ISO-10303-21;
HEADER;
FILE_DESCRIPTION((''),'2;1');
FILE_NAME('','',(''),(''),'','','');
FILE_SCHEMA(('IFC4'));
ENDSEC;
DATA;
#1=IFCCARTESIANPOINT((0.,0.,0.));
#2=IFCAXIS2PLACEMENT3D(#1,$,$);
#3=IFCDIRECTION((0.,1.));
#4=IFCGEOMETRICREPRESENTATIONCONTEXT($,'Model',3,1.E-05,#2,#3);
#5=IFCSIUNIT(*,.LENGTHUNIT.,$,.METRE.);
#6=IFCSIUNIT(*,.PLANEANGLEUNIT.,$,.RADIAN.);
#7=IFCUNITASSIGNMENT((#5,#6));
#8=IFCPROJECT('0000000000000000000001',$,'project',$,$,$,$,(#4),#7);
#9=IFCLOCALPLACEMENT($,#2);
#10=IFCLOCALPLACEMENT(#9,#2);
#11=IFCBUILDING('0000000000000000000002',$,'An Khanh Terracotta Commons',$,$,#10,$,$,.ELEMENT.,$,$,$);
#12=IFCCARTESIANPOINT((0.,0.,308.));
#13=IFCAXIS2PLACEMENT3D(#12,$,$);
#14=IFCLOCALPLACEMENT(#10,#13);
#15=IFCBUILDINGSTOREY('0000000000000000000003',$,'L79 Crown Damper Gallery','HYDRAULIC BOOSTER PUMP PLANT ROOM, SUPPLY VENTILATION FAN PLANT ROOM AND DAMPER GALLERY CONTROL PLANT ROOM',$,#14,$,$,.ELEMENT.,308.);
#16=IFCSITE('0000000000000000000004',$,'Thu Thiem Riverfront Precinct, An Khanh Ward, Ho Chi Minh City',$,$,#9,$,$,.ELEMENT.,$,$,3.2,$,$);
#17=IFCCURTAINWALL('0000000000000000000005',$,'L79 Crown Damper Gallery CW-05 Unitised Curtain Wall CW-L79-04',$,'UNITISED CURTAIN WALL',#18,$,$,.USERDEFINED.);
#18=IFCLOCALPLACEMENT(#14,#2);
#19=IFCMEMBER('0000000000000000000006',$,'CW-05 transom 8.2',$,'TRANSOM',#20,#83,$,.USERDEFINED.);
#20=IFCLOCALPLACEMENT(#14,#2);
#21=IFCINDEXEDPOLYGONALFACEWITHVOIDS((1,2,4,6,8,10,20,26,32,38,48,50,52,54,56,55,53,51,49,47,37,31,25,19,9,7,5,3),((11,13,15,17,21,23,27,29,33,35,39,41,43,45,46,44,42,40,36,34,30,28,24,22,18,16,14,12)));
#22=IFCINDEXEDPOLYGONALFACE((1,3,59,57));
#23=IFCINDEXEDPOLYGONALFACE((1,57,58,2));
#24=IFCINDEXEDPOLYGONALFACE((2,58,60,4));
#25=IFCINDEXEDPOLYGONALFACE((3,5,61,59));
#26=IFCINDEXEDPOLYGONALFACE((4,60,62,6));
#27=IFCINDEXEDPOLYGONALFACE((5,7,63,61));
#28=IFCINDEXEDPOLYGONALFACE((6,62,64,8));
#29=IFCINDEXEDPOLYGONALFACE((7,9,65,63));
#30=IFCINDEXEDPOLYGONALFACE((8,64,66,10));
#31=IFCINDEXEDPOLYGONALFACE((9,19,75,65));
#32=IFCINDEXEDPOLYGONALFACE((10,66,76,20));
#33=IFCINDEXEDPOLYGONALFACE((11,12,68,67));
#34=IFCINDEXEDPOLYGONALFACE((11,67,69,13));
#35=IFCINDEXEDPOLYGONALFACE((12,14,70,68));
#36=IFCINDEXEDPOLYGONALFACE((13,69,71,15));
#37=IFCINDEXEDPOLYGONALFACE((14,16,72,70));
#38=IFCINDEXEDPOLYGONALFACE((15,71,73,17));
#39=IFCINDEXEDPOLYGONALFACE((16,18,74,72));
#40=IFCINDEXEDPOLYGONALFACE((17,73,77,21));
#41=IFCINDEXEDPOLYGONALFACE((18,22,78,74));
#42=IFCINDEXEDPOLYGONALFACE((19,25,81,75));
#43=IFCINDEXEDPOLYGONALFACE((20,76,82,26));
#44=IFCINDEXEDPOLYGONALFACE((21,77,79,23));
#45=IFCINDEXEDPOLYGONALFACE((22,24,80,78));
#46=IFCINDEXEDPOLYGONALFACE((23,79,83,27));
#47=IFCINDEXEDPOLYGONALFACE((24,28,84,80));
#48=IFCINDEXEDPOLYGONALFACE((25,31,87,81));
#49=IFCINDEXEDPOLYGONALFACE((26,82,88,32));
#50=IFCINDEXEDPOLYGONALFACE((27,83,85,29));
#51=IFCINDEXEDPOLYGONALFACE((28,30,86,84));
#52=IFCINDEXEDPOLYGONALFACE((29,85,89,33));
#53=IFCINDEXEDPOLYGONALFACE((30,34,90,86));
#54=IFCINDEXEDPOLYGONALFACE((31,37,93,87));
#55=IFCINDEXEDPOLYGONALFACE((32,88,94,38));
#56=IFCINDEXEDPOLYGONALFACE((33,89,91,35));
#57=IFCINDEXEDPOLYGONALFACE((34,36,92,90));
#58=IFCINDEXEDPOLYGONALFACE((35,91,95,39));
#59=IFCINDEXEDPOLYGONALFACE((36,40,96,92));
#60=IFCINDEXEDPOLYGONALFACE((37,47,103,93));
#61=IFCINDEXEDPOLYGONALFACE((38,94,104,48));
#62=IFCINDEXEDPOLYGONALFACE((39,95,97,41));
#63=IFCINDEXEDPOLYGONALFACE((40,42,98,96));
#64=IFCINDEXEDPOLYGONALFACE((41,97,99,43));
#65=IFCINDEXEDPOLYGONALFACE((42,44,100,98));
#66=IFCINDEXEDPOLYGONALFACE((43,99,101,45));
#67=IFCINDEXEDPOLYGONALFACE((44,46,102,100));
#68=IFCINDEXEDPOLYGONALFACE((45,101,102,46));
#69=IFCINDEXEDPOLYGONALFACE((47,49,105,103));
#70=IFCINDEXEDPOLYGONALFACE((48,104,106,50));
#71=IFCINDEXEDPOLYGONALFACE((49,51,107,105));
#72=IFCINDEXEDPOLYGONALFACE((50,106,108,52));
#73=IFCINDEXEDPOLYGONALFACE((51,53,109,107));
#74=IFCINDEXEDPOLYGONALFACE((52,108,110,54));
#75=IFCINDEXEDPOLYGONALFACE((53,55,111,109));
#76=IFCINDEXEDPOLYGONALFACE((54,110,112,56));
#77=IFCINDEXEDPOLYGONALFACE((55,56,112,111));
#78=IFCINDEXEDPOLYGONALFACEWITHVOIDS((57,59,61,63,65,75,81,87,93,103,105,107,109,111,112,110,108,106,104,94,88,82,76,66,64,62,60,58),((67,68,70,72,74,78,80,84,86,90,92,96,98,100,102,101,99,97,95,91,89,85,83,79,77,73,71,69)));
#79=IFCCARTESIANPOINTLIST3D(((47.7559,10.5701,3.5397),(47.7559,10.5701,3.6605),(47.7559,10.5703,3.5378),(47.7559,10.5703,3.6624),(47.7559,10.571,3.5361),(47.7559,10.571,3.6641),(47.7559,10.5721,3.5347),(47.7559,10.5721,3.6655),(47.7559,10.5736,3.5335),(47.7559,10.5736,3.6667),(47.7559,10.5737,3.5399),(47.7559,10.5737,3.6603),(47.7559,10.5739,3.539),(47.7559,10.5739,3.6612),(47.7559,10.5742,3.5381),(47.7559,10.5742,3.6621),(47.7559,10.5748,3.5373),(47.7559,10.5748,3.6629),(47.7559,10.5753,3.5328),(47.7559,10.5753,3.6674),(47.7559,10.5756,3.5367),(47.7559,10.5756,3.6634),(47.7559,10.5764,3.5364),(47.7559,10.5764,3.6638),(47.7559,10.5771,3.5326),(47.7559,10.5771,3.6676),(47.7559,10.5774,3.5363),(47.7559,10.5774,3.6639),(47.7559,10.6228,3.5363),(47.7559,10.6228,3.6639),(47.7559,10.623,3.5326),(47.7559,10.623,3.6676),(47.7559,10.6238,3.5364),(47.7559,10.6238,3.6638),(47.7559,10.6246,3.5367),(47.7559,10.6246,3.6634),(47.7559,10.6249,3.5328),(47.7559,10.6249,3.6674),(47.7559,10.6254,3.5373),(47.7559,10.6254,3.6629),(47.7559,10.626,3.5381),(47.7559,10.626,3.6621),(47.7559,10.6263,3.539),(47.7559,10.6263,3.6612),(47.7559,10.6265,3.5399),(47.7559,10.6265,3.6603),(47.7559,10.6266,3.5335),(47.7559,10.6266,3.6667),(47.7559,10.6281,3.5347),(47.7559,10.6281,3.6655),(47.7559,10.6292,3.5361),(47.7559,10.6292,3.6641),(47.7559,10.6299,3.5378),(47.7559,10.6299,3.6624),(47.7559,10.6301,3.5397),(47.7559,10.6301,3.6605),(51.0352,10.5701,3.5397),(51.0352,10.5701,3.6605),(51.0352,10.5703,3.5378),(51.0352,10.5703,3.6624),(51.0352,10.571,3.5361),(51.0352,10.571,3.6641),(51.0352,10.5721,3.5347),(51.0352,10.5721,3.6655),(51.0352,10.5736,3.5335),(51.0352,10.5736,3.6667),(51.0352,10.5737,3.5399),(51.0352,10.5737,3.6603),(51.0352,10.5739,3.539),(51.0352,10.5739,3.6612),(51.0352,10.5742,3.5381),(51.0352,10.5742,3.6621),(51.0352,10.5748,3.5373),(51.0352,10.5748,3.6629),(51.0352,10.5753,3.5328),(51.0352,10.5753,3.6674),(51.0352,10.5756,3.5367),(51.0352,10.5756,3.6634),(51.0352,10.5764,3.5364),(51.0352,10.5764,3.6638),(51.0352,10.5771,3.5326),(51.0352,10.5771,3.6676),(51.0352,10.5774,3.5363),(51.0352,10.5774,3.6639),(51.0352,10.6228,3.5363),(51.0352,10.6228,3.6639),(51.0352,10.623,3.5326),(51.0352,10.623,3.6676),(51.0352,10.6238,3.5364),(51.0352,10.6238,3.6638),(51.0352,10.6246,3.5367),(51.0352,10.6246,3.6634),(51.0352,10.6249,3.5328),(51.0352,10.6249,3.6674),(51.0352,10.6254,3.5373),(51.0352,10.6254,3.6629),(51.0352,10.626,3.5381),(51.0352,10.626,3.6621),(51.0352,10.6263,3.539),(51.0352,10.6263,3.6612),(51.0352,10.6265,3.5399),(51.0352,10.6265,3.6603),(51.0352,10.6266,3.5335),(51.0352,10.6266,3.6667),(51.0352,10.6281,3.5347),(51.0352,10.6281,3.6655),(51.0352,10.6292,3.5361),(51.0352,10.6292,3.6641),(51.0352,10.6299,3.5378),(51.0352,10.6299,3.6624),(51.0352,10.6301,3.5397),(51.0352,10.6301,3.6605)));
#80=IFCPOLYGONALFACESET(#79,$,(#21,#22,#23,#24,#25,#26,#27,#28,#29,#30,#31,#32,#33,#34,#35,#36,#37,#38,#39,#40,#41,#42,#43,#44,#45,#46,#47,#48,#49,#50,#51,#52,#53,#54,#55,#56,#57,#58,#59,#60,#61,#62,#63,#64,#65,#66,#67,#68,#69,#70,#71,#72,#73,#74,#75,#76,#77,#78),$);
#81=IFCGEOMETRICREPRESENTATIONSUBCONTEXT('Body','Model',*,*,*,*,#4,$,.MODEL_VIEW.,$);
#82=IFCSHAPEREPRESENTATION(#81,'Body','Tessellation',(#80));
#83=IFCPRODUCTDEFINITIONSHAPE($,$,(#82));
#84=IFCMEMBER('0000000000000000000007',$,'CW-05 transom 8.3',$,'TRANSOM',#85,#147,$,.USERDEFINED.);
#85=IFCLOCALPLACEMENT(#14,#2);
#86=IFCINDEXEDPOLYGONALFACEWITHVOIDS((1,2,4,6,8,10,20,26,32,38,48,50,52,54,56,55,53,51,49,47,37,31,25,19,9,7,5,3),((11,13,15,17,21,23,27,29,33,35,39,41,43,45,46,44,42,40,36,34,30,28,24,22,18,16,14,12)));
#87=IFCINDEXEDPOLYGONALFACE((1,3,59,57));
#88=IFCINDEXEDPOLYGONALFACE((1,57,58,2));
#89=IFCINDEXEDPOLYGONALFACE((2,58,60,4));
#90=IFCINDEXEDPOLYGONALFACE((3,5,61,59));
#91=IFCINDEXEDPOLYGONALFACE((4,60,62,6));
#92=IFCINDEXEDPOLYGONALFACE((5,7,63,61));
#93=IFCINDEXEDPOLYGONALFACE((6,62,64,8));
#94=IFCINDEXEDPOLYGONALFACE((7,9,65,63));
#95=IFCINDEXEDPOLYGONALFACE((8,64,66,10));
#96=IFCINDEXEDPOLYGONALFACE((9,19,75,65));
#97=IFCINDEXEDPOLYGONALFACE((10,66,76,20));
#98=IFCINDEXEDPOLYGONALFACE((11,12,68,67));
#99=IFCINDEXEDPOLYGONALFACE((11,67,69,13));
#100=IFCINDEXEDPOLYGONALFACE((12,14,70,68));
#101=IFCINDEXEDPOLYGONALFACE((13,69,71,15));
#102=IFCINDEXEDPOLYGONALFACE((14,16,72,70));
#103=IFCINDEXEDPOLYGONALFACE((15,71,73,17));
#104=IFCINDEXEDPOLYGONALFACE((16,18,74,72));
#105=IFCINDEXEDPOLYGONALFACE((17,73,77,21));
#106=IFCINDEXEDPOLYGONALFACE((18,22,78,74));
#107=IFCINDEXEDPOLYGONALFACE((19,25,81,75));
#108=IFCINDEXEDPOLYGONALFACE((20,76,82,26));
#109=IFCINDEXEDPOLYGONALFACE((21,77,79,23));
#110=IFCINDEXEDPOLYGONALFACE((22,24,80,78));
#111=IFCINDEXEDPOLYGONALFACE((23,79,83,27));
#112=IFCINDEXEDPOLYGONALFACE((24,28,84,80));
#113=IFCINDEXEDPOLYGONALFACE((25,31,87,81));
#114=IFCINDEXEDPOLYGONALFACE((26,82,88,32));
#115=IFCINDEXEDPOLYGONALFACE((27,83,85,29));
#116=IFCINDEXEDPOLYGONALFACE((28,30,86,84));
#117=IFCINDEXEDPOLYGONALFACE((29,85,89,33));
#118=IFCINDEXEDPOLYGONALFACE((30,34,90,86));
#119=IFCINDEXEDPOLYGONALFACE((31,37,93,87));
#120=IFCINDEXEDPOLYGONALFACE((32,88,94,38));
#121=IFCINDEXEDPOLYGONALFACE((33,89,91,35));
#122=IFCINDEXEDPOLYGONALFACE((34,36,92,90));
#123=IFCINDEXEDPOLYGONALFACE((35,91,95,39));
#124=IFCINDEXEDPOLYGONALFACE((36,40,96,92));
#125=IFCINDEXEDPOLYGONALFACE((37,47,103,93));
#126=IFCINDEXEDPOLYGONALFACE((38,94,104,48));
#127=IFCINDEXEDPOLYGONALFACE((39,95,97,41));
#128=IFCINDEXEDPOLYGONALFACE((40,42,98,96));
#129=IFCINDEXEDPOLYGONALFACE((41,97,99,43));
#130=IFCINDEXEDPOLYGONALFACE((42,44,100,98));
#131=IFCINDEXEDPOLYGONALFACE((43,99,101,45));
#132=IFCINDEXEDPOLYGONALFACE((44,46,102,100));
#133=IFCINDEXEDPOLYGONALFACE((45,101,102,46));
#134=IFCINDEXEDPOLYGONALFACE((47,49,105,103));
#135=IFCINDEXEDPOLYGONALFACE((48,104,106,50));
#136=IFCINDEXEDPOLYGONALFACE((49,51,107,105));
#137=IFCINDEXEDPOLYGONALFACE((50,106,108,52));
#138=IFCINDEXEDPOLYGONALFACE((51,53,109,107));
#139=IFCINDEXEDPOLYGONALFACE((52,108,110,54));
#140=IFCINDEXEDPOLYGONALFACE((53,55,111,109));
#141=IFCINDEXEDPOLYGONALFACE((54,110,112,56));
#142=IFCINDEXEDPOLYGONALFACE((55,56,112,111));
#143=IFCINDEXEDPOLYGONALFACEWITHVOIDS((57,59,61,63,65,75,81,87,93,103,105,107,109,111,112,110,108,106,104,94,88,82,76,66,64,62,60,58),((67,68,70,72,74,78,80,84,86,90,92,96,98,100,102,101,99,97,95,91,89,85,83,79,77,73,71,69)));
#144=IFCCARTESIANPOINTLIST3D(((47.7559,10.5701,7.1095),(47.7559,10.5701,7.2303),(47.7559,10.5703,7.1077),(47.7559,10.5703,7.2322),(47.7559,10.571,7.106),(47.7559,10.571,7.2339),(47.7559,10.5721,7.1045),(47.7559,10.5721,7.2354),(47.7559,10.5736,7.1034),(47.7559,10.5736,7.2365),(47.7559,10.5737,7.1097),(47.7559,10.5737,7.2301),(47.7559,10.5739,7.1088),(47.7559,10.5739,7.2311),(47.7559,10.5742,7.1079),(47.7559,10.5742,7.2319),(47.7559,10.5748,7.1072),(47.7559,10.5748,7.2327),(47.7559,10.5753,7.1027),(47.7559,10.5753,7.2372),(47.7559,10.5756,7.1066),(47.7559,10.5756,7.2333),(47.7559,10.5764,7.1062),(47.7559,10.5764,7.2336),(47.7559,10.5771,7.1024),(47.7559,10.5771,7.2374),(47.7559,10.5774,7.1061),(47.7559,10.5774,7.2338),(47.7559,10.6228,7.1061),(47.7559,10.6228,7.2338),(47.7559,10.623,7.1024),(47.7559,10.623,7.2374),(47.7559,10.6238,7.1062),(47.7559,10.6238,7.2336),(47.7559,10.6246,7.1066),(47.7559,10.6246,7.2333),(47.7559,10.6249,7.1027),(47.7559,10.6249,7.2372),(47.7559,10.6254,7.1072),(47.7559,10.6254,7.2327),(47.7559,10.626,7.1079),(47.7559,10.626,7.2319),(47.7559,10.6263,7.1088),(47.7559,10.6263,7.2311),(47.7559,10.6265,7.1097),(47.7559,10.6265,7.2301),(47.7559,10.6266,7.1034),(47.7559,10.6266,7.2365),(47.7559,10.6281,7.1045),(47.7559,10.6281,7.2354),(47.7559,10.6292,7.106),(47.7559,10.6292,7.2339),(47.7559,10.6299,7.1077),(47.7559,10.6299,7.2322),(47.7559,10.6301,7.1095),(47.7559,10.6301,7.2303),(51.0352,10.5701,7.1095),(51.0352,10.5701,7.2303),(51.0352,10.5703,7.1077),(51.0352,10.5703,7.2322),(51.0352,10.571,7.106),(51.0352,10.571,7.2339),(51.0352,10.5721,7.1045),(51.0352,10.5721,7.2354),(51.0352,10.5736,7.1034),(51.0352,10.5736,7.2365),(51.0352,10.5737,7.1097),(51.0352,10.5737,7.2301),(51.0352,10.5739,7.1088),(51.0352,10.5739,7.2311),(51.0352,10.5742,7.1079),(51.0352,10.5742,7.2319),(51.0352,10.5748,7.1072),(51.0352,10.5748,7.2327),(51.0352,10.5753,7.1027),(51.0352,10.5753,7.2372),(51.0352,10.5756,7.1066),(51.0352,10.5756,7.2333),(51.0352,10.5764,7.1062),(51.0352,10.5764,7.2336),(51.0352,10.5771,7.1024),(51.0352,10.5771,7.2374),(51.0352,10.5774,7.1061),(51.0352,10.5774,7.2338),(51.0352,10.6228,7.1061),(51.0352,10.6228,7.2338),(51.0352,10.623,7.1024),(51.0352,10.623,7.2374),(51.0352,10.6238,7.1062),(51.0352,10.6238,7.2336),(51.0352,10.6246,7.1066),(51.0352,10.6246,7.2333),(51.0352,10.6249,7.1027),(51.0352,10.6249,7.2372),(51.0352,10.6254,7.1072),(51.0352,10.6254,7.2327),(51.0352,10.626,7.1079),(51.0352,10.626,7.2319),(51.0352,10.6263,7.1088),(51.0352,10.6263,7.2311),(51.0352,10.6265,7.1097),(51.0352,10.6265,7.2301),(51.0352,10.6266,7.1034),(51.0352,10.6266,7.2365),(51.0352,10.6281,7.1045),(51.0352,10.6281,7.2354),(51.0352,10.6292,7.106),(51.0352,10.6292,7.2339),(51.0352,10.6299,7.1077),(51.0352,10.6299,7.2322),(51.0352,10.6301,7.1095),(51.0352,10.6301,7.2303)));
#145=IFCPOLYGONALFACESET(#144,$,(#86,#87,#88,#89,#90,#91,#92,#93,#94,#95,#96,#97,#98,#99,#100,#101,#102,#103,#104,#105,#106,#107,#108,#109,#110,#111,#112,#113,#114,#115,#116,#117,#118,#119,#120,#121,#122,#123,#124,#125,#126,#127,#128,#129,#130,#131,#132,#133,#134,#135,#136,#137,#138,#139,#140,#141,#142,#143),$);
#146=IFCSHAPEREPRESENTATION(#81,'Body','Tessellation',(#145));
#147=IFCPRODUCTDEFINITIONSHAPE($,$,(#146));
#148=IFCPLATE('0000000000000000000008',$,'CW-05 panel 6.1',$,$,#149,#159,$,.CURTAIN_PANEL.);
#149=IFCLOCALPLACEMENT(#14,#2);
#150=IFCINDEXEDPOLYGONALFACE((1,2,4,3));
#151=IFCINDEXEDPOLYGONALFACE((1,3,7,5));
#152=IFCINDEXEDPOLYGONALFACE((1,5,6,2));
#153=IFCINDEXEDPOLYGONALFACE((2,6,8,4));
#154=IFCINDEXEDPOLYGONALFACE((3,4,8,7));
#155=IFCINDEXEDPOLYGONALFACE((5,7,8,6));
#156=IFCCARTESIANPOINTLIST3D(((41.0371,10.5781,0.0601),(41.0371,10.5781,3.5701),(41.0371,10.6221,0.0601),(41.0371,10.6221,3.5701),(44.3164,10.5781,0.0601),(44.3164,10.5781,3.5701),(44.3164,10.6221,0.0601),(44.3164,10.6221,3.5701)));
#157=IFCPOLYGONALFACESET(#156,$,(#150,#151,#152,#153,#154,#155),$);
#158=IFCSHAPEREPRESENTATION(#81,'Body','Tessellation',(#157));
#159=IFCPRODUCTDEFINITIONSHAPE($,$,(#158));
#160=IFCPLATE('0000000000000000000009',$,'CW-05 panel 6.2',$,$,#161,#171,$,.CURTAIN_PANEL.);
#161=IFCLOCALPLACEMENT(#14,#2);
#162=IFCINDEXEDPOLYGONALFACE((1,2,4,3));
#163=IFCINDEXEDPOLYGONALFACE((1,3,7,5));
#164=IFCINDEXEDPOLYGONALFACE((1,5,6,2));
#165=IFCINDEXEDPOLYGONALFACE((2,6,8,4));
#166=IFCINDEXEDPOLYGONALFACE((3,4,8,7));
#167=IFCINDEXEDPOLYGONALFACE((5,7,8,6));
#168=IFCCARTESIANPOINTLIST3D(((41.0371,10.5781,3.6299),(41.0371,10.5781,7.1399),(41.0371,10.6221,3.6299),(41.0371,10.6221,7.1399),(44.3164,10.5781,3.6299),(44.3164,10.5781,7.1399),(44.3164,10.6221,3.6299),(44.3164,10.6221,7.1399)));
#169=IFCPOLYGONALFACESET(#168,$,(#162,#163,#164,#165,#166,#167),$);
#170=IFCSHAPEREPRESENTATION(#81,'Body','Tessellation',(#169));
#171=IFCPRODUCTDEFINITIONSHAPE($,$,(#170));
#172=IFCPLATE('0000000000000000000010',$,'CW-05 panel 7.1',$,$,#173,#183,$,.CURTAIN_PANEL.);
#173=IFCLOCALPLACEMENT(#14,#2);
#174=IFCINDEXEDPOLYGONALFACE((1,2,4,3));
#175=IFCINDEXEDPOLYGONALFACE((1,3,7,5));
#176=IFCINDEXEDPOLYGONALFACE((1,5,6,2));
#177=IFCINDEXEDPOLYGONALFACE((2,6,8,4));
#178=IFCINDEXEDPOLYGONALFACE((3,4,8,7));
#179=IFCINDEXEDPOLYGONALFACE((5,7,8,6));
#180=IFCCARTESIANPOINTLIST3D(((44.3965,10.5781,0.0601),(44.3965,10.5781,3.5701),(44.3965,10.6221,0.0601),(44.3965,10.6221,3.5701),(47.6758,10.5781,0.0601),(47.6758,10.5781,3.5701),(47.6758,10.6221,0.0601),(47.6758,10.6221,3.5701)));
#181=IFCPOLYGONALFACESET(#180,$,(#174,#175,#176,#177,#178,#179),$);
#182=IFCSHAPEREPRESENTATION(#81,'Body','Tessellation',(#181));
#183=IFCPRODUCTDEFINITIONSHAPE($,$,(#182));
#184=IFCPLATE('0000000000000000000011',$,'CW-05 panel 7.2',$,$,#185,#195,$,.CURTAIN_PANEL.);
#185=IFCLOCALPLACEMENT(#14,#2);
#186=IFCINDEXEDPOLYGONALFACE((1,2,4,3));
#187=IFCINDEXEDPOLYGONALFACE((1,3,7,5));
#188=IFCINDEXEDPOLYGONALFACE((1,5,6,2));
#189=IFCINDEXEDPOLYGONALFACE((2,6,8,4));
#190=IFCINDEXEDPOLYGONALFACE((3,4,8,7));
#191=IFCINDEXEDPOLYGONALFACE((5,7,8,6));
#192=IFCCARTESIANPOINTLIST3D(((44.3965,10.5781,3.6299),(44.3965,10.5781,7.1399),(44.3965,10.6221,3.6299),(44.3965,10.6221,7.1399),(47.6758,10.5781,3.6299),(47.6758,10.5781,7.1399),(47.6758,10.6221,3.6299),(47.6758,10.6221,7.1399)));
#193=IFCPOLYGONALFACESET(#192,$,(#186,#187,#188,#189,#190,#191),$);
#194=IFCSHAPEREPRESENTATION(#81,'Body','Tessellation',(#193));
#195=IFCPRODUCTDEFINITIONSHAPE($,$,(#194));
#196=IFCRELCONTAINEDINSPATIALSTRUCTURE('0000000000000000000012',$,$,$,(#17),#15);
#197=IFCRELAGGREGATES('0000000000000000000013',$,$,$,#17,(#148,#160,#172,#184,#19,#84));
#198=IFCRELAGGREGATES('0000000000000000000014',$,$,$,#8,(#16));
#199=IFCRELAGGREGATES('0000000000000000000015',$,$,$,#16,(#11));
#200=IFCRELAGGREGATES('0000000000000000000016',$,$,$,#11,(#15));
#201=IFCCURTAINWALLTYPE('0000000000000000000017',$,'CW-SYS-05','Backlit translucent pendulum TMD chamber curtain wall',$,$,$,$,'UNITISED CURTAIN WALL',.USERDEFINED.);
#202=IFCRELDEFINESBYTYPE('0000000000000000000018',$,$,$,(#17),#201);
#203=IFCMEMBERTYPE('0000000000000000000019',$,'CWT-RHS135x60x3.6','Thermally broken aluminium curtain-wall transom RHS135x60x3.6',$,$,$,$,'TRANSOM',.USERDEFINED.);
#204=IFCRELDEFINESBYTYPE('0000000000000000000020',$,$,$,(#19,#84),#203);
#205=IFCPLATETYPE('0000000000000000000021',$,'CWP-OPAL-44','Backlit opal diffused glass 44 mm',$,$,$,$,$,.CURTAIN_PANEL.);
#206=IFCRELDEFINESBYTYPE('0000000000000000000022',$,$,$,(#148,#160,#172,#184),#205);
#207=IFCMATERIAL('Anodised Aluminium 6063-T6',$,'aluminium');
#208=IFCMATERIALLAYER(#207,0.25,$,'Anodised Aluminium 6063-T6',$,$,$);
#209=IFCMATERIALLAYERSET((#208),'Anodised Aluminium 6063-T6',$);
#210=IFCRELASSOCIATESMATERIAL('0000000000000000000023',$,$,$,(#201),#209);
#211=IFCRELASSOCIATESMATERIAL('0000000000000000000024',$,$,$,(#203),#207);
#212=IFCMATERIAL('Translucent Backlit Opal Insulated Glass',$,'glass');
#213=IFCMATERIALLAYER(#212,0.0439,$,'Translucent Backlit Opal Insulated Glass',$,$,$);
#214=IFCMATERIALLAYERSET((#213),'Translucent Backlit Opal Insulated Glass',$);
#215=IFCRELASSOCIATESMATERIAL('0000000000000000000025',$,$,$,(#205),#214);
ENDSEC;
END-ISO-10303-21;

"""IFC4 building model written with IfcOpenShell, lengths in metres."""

from ifc_helpers import new_model, si_unit, direction, frame, origin, origin_2d, place, context, subcontext, project, spatial, rectangle, hollow_rectangle, extrude, material, layer, layer_set, material_profile, profile_set, type_object, element, aggregate, save


model = new_model("IFC4")

# Units and contexts
model_context = context("Model", 3, precision=1e-05, world=origin(), true_north=direction((0.0, 1.0)))
body_context = subcontext(model_context, "Body", "Model", "MODEL_VIEW")
ifc_project = project(units=[si_unit("LENGTHUNIT", "METRE"), si_unit("PLANEANGLEUNIT", "RADIAN")], contexts=[model_context])

# Site, building, storey
site_placement = place(None, origin())
site = spatial("IfcSite", under=ifc_project, at=site_placement, Name="Thu Thiem Riverfront Precinct, An Khanh Ward, Ho Chi Minh City", CompositionType="ELEMENT", RefElevation=3.2)
building_placement = place(site_placement, origin())
building = spatial("IfcBuilding", under=site, at=building_placement, Name="An Khanh Terracotta Commons", CompositionType="ELEMENT")
storey_placement = place(building_placement, frame((0.0, 0.0, 308.0)))
storey = spatial("IfcBuildingStorey", under=building, at=storey_placement, Name="L79 Crown Damper Gallery", Description="HYDRAULIC BOOSTER PUMP PLANT ROOM, SUPPLY VENTILATION FAN PLANT ROOM AND DAMPER GALLERY CONTROL PLANT ROOM", CompositionType="ELEMENT", Elevation=308.0)

# Curtain wall, members, plates
ifc_material_1 = material(Name="Anodised Aluminium 6063-T6", Category="aluminium")
ifc_layer_1 = layer(ifc_material_1, 0.25, Name="Anodised Aluminium 6063-T6")
ifc_layer_set_1 = layer_set([ifc_layer_1], Name="Anodised Aluminium 6063-T6")
curtain_wall_type = type_object("IfcCurtainWallType", Name="CW-SYS-05", Description="Backlit translucent pendulum TMD chamber curtain wall", ElementType="UNITISED CURTAIN WALL", PredefinedType="USERDEFINED", material=ifc_layer_set_1)
curtain_wall_placement = place(storey_placement, origin())
curtain_wall = element("IfcCurtainWall", 1, at=curtain_wall_placement, inside=storey, type_object=curtain_wall_type, Name="L79 Crown Damper Gallery CW-05 Unitised Curtain Wall CW-L79-04", ObjectType="UNITISED CURTAIN WALL", PredefinedType="USERDEFINED")
ifc_material_profile_1 = material_profile(ifc_material_1, hollow_rectangle(XDim=0.0601, YDim=0.135, WallThickness=0.0037, InnerFilletRadius=0.0037, OuterFilletRadius=0.0071, at=origin_2d()), Name="RHS135x60x3.6")
ifc_profile_set_1 = profile_set([ifc_material_profile_1], Name="Anodised Aluminium 6063-T6")
member_type_1 = type_object("IfcMemberType", Name="CWT-RHS135x60x3.6", Description="Thermally broken aluminium curtain-wall transom RHS135x60x3.6", ElementType="TRANSOM", PredefinedType="USERDEFINED", material=ifc_profile_set_1)
member_1_placement = place(storey_placement, frame((47.7559, 10.6001, 3.6001), z_axis=(1.0, 0.0, 0.0), x_axis=(0.0, 1.0, 0.0)))
member_1 = element("IfcMember", 2, at=member_1_placement, type_object=member_type_1, Name="CW-05 transom 8.2", ObjectType="TRANSOM", PredefinedType="USERDEFINED", context=body_context, shape_type="SweptSolid", body=[
    extrude(hollow_rectangle(XDim=0.0601, YDim=0.135, WallThickness=0.0037, InnerFilletRadius=0.0037, OuterFilletRadius=0.0071, at=origin_2d()), origin(), (0.0, 0.0, 1.0), 3.2793),
])
member_2_placement = place(storey_placement, frame((47.7559, 10.6001, 7.1699), z_axis=(1.0, 0.0, 0.0), x_axis=(0.0, 1.0, 0.0)))
member_2 = element("IfcMember", 3, at=member_2_placement, type_object=member_type_1, Name="CW-05 transom 8.3", ObjectType="TRANSOM", PredefinedType="USERDEFINED", context=body_context, shape_type="SweptSolid", body=[
    extrude(hollow_rectangle(XDim=0.0601, YDim=0.135, WallThickness=0.0037, InnerFilletRadius=0.0037, OuterFilletRadius=0.0071, at=origin_2d()), origin(), (0.0, 0.0, 1.0), 3.2793),
])
ifc_material_2 = material(Name="Translucent Backlit Opal Insulated Glass", Category="glass")
ifc_layer_2 = layer(ifc_material_2, 0.0439, Name="Translucent Backlit Opal Insulated Glass")
ifc_layer_set_2 = layer_set([ifc_layer_2], Name="Translucent Backlit Opal Insulated Glass")
plate_type_1 = type_object("IfcPlateType", Name="CWP-OPAL-44", Description="Backlit opal diffused glass 44 mm", PredefinedType="CURTAIN_PANEL", material=ifc_layer_set_2)
plate_1_placement = place(storey_placement, frame((42.6768, 10.6001, 0.0601), z_axis=(0.0, 0.0, 1.0), x_axis=(1.0, 0.0, 0.0)))
plate_1 = element("IfcPlate", 4, at=plate_1_placement, type_object=plate_type_1, Name="CW-05 panel 6.1", PredefinedType="CURTAIN_PANEL", context=body_context, shape_type="SweptSolid", body=[
    extrude(rectangle(XDim=3.2793, YDim=0.0439, at=origin_2d()), origin(), (0.0, 0.0, 1.0), 3.51),
])
plate_2_placement = place(storey_placement, frame((42.6768, 10.6001, 3.6299), z_axis=(0.0, 0.0, 1.0), x_axis=(1.0, 0.0, 0.0)))
plate_2 = element("IfcPlate", 5, at=plate_2_placement, type_object=plate_type_1, Name="CW-05 panel 6.2", PredefinedType="CURTAIN_PANEL", context=body_context, shape_type="SweptSolid", body=[
    extrude(rectangle(XDim=3.2793, YDim=0.0439, at=origin_2d()), origin(), (0.0, 0.0, 1.0), 3.51),
])
plate_3_placement = place(storey_placement, frame((46.0361, 10.6001, 0.0601), z_axis=(0.0, 0.0, 1.0), x_axis=(1.0, 0.0, 0.0)))
plate_3 = element("IfcPlate", 6, at=plate_3_placement, type_object=plate_type_1, Name="CW-05 panel 7.1", PredefinedType="CURTAIN_PANEL", context=body_context, shape_type="SweptSolid", body=[
    extrude(rectangle(XDim=3.2793, YDim=0.0439, at=origin_2d()), origin(), (0.0, 0.0, 1.0), 3.51),
])
plate_4_placement = place(storey_placement, frame((46.0361, 10.6001, 3.6299), z_axis=(0.0, 0.0, 1.0), x_axis=(1.0, 0.0, 0.0)))
plate_4 = element("IfcPlate", 7, at=plate_4_placement, type_object=plate_type_1, Name="CW-05 panel 7.2", PredefinedType="CURTAIN_PANEL", context=body_context, shape_type="SweptSolid", body=[
    extrude(rectangle(XDim=3.2793, YDim=0.0439, at=origin_2d()), origin(), (0.0, 0.0, 1.0), 3.51),
])
aggregate(curtain_wall, [plate_1, plate_2, plate_3, plate_4, member_1, member_2])

save(model, "model.ifc")
